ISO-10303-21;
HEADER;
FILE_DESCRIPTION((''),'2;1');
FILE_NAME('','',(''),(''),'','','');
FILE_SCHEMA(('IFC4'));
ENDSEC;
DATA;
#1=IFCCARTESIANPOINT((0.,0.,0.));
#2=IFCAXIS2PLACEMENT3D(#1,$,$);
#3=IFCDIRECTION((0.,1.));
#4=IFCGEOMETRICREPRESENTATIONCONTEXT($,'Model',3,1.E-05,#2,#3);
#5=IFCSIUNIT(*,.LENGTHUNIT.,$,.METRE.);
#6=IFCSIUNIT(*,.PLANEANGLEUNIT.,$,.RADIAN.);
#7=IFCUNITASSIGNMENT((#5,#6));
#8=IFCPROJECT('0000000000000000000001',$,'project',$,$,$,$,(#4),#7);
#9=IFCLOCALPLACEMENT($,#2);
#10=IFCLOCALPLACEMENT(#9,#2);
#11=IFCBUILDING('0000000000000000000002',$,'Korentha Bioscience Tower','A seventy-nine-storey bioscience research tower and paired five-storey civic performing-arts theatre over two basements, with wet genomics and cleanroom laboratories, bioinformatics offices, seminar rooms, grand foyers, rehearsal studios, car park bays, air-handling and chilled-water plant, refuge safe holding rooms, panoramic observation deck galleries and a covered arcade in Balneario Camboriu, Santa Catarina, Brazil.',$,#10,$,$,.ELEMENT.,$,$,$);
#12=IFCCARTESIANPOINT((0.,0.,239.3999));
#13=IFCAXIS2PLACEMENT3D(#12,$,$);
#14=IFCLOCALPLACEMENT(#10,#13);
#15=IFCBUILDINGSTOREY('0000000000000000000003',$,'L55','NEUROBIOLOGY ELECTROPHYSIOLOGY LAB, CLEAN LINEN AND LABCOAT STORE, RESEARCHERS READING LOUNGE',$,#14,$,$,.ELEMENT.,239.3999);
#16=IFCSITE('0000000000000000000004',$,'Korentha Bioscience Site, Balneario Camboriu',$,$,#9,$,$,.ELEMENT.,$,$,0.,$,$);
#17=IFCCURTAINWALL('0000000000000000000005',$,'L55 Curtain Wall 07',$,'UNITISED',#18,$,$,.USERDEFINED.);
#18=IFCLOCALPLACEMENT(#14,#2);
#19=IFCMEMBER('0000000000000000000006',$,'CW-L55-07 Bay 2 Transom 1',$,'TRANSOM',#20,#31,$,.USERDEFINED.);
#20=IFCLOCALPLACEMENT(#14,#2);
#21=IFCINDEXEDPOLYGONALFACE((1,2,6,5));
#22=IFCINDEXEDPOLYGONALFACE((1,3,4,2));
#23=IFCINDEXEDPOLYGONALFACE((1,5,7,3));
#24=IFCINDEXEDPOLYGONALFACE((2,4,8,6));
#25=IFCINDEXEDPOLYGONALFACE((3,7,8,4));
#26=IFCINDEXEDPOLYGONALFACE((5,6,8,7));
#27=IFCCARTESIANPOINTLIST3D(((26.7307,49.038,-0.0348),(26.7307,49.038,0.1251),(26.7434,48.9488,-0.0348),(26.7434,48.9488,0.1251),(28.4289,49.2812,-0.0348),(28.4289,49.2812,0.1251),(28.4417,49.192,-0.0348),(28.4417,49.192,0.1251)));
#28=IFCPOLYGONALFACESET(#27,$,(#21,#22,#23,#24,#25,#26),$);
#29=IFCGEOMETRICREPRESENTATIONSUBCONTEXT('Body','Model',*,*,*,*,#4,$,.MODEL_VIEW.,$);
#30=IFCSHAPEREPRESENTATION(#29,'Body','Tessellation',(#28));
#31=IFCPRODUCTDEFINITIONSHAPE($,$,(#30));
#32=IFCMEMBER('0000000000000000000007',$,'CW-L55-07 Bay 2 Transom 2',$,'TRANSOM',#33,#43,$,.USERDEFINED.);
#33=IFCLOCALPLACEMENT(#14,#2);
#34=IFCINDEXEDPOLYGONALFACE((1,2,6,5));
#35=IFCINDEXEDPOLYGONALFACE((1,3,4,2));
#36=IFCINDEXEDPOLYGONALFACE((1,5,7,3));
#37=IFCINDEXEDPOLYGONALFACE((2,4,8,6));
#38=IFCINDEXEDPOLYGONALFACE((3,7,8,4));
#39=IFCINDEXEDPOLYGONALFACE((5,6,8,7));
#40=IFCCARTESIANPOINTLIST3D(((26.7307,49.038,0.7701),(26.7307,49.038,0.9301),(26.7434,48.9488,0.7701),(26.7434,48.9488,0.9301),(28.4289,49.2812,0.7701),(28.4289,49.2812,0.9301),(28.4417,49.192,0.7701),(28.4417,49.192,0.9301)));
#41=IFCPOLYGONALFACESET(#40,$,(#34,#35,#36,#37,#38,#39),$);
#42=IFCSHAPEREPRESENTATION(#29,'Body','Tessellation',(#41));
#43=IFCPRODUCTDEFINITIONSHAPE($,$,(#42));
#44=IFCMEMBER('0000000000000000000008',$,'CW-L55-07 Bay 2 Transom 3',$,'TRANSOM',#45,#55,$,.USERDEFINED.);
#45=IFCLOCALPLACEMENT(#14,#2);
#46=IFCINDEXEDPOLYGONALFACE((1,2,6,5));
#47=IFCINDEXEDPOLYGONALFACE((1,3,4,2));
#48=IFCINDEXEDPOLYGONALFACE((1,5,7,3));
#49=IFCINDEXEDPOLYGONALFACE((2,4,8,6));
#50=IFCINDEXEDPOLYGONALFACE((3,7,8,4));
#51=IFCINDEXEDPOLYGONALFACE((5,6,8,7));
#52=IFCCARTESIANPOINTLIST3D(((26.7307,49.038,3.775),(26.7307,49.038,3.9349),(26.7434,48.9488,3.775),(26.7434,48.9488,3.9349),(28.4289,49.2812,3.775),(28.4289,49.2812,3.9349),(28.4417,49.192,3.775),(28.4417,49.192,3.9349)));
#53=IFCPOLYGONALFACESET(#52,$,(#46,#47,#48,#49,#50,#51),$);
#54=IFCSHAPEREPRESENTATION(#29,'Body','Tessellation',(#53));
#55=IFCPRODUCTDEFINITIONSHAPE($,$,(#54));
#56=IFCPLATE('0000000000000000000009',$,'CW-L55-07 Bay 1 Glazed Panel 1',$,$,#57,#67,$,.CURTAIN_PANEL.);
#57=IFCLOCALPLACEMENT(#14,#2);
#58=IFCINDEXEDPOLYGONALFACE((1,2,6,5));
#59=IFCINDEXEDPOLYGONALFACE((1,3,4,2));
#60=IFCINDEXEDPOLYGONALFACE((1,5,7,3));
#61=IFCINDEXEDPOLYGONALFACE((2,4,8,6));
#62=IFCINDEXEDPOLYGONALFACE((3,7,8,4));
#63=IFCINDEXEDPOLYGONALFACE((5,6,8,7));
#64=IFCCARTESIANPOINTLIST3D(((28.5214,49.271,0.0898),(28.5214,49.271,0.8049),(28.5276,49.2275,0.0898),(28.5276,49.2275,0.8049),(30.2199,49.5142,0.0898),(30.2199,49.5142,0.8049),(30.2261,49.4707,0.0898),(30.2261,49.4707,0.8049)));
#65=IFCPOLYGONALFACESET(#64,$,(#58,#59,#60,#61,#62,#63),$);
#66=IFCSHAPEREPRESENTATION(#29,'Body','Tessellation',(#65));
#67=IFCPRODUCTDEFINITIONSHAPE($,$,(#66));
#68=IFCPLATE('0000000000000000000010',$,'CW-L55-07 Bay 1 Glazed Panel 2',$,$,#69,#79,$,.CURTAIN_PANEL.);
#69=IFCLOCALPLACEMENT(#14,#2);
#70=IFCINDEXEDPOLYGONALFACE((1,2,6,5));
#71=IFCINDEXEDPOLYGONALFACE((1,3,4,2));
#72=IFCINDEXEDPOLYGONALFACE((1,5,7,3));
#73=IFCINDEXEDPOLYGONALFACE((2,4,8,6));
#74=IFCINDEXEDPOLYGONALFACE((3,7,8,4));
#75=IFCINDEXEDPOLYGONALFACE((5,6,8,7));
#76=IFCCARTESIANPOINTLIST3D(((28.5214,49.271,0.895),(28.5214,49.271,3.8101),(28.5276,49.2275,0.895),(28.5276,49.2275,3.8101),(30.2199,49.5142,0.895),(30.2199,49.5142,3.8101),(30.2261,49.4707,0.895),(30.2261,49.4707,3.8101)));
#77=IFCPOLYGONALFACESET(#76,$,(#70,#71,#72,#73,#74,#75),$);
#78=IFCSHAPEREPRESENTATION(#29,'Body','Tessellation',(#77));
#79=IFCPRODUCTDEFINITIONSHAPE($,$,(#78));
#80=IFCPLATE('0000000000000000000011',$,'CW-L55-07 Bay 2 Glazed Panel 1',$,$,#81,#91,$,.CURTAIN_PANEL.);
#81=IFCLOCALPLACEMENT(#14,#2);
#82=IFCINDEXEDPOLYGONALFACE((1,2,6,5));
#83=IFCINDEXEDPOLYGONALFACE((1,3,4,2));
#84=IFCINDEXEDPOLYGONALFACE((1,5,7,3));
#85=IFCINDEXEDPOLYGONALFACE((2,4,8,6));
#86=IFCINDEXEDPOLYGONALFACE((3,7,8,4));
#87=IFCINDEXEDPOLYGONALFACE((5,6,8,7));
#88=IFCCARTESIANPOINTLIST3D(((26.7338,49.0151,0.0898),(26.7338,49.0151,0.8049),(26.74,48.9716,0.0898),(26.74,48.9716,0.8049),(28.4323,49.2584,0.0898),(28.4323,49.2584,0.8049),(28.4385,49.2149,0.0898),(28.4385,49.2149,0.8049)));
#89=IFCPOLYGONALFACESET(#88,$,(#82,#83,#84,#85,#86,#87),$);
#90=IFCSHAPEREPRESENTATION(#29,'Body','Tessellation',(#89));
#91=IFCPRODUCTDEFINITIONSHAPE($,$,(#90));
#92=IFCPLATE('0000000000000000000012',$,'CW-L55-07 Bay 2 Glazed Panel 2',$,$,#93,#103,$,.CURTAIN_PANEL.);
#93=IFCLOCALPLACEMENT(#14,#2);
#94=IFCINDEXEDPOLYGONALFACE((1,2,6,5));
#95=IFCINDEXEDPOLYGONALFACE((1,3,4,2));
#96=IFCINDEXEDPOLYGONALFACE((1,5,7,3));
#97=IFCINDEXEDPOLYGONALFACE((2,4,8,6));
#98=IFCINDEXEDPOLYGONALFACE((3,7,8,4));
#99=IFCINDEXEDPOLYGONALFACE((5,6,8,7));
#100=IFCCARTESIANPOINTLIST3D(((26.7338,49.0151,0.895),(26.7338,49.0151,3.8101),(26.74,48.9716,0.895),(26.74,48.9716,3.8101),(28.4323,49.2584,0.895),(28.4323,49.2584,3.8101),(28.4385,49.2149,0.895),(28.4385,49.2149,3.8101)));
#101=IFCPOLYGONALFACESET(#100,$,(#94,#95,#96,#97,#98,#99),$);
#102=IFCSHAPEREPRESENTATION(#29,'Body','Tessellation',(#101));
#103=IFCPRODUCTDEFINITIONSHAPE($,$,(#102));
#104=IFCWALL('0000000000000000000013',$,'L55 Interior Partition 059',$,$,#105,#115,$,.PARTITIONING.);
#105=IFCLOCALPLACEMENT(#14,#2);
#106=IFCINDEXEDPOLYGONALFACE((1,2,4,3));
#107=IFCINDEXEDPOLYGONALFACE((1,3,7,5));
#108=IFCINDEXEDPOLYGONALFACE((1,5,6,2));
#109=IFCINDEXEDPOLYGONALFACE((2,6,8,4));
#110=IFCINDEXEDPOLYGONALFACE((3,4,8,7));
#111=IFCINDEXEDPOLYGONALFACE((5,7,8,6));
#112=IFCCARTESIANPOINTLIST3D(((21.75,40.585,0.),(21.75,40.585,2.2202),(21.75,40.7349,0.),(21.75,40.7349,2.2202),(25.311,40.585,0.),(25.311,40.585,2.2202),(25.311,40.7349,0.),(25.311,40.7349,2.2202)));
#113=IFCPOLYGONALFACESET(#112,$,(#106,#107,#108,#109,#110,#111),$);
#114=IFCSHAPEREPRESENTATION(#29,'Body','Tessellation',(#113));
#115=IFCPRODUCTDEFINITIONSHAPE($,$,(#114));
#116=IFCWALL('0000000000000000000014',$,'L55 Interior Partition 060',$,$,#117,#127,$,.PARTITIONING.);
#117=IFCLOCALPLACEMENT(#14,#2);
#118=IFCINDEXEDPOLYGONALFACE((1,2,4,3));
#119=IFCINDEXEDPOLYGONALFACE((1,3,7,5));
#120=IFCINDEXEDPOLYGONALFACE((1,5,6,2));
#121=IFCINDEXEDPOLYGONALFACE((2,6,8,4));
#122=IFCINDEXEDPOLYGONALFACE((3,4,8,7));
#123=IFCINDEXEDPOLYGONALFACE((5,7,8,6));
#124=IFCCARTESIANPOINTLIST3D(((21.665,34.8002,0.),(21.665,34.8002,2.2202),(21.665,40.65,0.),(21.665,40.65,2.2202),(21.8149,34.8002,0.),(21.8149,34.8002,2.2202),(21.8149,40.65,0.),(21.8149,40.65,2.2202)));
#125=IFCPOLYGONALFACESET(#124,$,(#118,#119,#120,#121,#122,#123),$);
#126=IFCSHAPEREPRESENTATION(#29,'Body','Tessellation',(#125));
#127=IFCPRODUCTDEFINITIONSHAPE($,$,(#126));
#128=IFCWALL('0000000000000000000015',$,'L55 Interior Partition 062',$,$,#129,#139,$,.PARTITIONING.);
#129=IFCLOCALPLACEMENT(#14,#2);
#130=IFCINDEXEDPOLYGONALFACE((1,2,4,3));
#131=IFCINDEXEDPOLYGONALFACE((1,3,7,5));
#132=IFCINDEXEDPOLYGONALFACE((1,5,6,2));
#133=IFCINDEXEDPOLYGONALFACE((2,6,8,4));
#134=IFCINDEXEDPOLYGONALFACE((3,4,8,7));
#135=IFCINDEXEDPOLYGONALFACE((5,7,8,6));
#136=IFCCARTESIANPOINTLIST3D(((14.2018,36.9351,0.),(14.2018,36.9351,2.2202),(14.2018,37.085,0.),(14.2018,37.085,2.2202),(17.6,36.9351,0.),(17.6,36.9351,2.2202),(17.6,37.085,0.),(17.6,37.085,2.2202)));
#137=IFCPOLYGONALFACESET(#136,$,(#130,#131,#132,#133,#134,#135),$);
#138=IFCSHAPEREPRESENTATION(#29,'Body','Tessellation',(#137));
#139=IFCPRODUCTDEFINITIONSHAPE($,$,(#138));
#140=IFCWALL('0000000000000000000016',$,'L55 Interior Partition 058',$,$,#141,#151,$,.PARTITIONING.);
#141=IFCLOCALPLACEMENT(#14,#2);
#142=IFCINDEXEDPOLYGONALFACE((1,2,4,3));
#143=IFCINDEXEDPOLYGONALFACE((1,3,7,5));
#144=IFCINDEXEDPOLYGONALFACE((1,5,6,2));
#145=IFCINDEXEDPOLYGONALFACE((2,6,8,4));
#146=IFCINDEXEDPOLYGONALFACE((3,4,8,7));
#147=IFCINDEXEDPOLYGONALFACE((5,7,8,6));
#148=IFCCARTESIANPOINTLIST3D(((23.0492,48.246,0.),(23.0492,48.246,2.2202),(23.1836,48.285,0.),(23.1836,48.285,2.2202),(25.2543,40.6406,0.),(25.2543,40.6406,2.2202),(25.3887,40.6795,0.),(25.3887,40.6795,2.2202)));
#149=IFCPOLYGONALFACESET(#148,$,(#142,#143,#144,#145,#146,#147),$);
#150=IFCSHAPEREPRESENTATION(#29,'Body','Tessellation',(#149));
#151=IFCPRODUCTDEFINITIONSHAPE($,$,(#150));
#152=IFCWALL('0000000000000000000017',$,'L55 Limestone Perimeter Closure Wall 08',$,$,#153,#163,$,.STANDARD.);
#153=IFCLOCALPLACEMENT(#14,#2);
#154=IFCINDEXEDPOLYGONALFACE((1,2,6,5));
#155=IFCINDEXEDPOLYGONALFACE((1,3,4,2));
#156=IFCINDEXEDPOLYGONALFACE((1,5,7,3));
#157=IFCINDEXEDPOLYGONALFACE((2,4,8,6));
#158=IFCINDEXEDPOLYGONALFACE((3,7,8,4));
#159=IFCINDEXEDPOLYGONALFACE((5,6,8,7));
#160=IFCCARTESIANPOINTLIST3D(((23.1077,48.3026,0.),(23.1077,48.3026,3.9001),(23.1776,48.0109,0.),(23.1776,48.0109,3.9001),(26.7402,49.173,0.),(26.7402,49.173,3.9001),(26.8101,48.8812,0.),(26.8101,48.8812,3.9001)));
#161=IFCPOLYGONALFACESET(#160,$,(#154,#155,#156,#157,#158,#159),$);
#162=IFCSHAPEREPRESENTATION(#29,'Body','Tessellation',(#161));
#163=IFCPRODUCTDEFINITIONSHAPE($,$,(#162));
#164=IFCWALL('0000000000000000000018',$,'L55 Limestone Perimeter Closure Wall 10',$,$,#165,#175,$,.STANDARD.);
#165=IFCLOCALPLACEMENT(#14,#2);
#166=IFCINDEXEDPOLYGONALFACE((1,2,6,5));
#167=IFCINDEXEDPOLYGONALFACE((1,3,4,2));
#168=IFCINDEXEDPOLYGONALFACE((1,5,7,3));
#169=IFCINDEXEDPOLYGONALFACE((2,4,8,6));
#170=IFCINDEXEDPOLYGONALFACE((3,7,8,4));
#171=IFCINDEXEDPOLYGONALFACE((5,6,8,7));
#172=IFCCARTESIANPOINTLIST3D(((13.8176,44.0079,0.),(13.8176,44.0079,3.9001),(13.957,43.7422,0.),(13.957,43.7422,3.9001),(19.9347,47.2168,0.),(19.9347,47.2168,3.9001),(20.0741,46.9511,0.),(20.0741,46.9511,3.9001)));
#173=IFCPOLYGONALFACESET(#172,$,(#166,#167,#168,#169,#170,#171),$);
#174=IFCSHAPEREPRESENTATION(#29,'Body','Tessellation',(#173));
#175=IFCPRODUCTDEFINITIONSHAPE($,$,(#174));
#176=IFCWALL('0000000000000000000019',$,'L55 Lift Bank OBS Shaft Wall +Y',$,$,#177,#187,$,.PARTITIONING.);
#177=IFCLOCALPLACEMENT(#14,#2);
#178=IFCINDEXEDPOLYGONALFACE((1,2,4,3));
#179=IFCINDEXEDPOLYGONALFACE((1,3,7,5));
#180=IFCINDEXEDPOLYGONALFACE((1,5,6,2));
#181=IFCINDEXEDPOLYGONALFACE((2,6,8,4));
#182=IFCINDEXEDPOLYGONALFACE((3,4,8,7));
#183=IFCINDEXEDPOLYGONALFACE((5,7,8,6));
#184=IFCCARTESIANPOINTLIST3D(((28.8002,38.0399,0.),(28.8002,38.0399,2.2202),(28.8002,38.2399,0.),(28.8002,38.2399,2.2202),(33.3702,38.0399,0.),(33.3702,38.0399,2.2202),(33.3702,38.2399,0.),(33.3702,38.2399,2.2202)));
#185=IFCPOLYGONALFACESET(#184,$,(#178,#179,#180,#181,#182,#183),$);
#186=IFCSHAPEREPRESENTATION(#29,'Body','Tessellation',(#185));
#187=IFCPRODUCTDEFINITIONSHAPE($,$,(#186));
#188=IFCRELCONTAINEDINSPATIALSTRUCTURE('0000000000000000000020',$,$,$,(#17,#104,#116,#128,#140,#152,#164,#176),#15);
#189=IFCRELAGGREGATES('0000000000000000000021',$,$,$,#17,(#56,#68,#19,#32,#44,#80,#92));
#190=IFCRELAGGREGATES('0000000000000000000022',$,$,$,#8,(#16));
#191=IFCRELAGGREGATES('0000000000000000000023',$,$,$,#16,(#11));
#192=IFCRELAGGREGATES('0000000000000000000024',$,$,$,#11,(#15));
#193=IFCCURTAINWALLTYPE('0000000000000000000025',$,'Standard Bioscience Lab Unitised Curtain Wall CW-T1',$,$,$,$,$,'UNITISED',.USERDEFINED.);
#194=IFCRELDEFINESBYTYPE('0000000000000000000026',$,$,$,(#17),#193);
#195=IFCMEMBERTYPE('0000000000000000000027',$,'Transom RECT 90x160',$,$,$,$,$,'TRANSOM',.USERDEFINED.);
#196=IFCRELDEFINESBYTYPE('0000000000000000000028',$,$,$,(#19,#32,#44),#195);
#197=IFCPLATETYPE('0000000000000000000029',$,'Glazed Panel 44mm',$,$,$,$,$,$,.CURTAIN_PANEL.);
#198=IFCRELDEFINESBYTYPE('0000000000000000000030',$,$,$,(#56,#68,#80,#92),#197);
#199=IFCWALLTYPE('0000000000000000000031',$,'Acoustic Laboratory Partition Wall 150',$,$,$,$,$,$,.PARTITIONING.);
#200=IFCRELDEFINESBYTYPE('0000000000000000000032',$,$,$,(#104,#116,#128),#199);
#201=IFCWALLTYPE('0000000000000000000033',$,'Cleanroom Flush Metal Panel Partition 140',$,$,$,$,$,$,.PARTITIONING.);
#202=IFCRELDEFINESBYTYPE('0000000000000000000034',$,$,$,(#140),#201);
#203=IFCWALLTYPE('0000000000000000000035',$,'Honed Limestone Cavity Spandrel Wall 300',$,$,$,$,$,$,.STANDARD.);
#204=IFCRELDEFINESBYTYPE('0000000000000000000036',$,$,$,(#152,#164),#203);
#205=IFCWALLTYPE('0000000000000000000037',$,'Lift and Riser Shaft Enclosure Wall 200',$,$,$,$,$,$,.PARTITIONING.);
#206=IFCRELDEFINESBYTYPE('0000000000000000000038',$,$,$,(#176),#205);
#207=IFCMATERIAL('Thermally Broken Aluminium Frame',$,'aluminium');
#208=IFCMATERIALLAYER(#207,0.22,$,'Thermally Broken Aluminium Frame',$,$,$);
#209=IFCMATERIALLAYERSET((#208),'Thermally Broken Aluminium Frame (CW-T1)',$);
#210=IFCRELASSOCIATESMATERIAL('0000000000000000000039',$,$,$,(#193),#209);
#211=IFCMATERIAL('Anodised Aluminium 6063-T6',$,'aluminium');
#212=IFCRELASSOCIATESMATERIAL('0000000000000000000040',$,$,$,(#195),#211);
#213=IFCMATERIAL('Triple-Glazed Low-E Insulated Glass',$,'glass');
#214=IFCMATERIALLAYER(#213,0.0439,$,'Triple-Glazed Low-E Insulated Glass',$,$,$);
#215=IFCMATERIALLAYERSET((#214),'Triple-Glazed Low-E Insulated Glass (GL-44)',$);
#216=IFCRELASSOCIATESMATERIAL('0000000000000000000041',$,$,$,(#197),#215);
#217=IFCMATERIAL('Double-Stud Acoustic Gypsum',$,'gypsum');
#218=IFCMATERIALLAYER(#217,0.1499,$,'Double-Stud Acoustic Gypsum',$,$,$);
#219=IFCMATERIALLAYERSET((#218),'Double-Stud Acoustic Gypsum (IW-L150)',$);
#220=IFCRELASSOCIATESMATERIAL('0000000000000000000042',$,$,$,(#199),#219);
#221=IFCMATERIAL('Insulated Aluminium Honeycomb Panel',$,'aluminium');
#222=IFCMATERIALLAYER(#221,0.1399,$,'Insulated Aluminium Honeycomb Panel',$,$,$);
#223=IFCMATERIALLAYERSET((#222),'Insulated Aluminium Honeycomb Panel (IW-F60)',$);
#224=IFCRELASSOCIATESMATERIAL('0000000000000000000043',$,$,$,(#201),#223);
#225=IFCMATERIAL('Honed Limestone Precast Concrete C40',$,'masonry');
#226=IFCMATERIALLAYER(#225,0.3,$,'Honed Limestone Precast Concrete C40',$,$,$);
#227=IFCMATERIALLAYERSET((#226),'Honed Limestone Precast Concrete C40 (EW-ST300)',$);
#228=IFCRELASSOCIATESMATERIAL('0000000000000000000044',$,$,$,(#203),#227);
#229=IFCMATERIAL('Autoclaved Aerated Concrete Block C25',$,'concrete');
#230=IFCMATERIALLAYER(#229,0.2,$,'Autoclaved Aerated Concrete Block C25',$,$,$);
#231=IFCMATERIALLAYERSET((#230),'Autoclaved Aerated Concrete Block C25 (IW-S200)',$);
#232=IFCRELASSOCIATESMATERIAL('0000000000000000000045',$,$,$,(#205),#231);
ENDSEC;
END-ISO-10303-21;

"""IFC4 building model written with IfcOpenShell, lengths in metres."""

from ifc_helpers import new_model, si_unit, direction, frame, frame_2d, origin, origin_2d, place, context, subcontext, project, spatial, rectangle, extrude, material, layer, layer_set, material_profile, profile_set, type_object, element, aggregate, save


model = new_model("IFC4")

# Units and contexts
model_context = context("Model", 3, precision=1e-05, world=origin(), true_north=direction((0.0, 1.0)))
body_context = subcontext(model_context, "Body", "Model", "MODEL_VIEW")
ifc_project = project(units=[si_unit("LENGTHUNIT", "METRE"), si_unit("PLANEANGLEUNIT", "RADIAN")], contexts=[model_context])

# Site, building, storey
site_placement = place(None, origin())
site = spatial("IfcSite", under=ifc_project, at=site_placement, Name="Korentha Bioscience Site, Balneario Camboriu", CompositionType="ELEMENT", RefElevation=0.0)
building_placement = place(site_placement, origin())
building = spatial("IfcBuilding", under=site, at=building_placement, Name="Korentha Bioscience Tower", Description="A seventy-nine-storey bioscience research tower and paired five-storey civic performing-arts theatre over two basements, with wet genomics and cleanroom laboratories, bioinformatics offices, seminar rooms, grand foyers, rehearsal studios, car park bays, air-handling and chilled-water plant, refuge safe holding rooms, panoramic observation deck galleries and a covered arcade in Balneario Camboriu, Santa Catarina, Brazil.", CompositionType="ELEMENT")
storey_placement = place(building_placement, frame((0.0, 0.0, 239.3999)))
storey = spatial("IfcBuildingStorey", under=building, at=storey_placement, Name="L55", Description="NEUROBIOLOGY ELECTROPHYSIOLOGY LAB, CLEAN LINEN AND LABCOAT STORE, RESEARCHERS READING LOUNGE", CompositionType="ELEMENT", Elevation=239.3999)

# Curtain wall, members, plates
ifc_material_1 = material(Name="Thermally Broken Aluminium Frame", Category="aluminium")
ifc_layer_1 = layer(ifc_material_1, 0.22, Name="Thermally Broken Aluminium Frame")
ifc_layer_set_1 = layer_set([ifc_layer_1], Name="Thermally Broken Aluminium Frame (CW-T1)")
curtain_wall_type = type_object("IfcCurtainWallType", Name="Standard Bioscience Lab Unitised Curtain Wall CW-T1", ElementType="UNITISED", PredefinedType="USERDEFINED", material=ifc_layer_set_1)
curtain_wall_placement = place(storey_placement, origin())
curtain_wall = element("IfcCurtainWall", 1, at=curtain_wall_placement, inside=storey, type_object=curtain_wall_type, Name="L55 Curtain Wall 07", ObjectType="UNITISED", PredefinedType="USERDEFINED")
ifc_material_2 = material(Name="Anodised Aluminium 6063-T6", Category="aluminium")
ifc_material_profile_1 = material_profile(ifc_material_2, rectangle(XDim=0.0901, YDim=0.1599, at=origin_2d()), Name="Anodised Aluminium 6063-T6")
ifc_profile_set_1 = profile_set([ifc_material_profile_1], Name="Anodised Aluminium 6063-T6 (CW-TRN)")
member_type_1 = type_object("IfcMemberType", Name="Transom RECT 90x160", ElementType="TRANSOM", PredefinedType="USERDEFINED", material=ifc_profile_set_1)
member_1_placement = place(storey_placement, frame((28.4353, 49.2366, 0.0452), z_axis=(-0.989904, -0.14174, 0.0), x_axis=(0.14174, -0.989904, 0.0)))
member_1 = element("IfcMember", 2, at=member_1_placement, type_object=member_type_1, Name="CW-L55-07 Bay 2 Transom 1", ObjectType="TRANSOM", PredefinedType="USERDEFINED", context=body_context, shape_type="SweptSolid", body=[
    extrude(rectangle(XDim=0.0901, YDim=0.1599, at=origin_2d()), origin(), (0.0, 0.0, 1.0), 1.7156),
])
member_2_placement = place(storey_placement, frame((28.4353, 49.2366, 0.8501), z_axis=(-0.989904, -0.14174, 0.0), x_axis=(0.14174, -0.989904, 0.0)))
member_2 = element("IfcMember", 3, at=member_2_placement, type_object=member_type_1, Name="CW-L55-07 Bay 2 Transom 2", ObjectType="TRANSOM", PredefinedType="USERDEFINED", context=body_context, shape_type="SweptSolid", body=[
    extrude(rectangle(XDim=0.0901, YDim=0.1599, at=origin_2d()), origin(), (0.0, 0.0, 1.0), 1.7156),
])
member_3_placement = place(storey_placement, frame((28.4353, 49.2366, 3.855), z_axis=(-0.989904, -0.14174, 0.0), x_axis=(0.14174, -0.989904, 0.0)))
member_3 = element("IfcMember", 4, at=member_3_placement, type_object=member_type_1, Name="CW-L55-07 Bay 2 Transom 3", ObjectType="TRANSOM", PredefinedType="USERDEFINED", context=body_context, shape_type="SweptSolid", body=[
    extrude(rectangle(XDim=0.0901, YDim=0.1599, at=origin_2d()), origin(), (0.0, 0.0, 1.0), 1.7156),
])
ifc_material_3 = material(Name="Triple-Glazed Low-E Insulated Glass", Category="glass")
ifc_layer_2 = layer(ifc_material_3, 0.0439, Name="Triple-Glazed Low-E Insulated Glass")
ifc_layer_set_2 = layer_set([ifc_layer_2], Name="Triple-Glazed Low-E Insulated Glass (GL-44)")
plate_type = type_object("IfcPlateType", Name="Glazed Panel 44mm", PredefinedType="CURTAIN_PANEL", material=ifc_layer_set_2)
plate_1_placement = place(storey_placement, frame((29.3738, 49.3708, 0.0898), z_axis=(0.0, 0.0, 1.0), x_axis=(-0.989902, -0.141754, 0.0)))
plate_1 = element("IfcPlate", 5, at=plate_1_placement, type_object=plate_type, Name="CW-L55-07 Bay 1 Glazed Panel 1", PredefinedType="CURTAIN_PANEL", context=body_context, shape_type="SweptSolid", body=[
    extrude(rectangle(XDim=1.7158, YDim=0.0439, at=origin_2d()), origin(), (0.0, 0.0, 1.0), 0.7151),
])
plate_2_placement = place(storey_placement, frame((29.3738, 49.3708, 0.895), z_axis=(0.0, 0.0, 1.0), x_axis=(-0.989902, -0.141754, 0.0)))
plate_2 = element("IfcPlate", 6, at=plate_2_placement, type_object=plate_type, Name="CW-L55-07 Bay 1 Glazed Panel 2", PredefinedType="CURTAIN_PANEL", context=body_context, shape_type="SweptSolid", body=[
    extrude(rectangle(XDim=1.7158, YDim=0.0439, at=origin_2d()), origin(), (0.0, 0.0, 1.0), 2.915),
])
plate_3_placement = place(storey_placement, frame((27.5862, 49.115, 0.0898), z_axis=(0.0, 0.0, 1.0), x_axis=(-0.989902, -0.141754, 0.0)))
plate_3 = element("IfcPlate", 7, at=plate_3_placement, type_object=plate_type, Name="CW-L55-07 Bay 2 Glazed Panel 1", PredefinedType="CURTAIN_PANEL", context=body_context, shape_type="SweptSolid", body=[
    extrude(rectangle(XDim=1.7158, YDim=0.0439, at=origin_2d()), origin(), (0.0, 0.0, 1.0), 0.7151),
])
plate_4_placement = place(storey_placement, frame((27.5862, 49.115, 0.895), z_axis=(0.0, 0.0, 1.0), x_axis=(-0.989902, -0.141754, 0.0)))
plate_4 = element("IfcPlate", 8, at=plate_4_placement, type_object=plate_type, Name="CW-L55-07 Bay 2 Glazed Panel 2", PredefinedType="CURTAIN_PANEL", context=body_context, shape_type="SweptSolid", body=[
    extrude(rectangle(XDim=1.7158, YDim=0.0439, at=origin_2d()), origin(), (0.0, 0.0, 1.0), 2.915),
])
aggregate(curtain_wall, [plate_1, plate_2, member_1, member_2, member_3, plate_3, plate_4])

# Walls
ifc_material_4 = material(Name="Double-Stud Acoustic Gypsum", Category="gypsum")
ifc_layer_3 = layer(ifc_material_4, 0.1499, Name="Double-Stud Acoustic Gypsum")
ifc_layer_set_3 = layer_set([ifc_layer_3], Name="Double-Stud Acoustic Gypsum (IW-L150)")
wall_type_1 = type_object("IfcWallType", Name="Acoustic Laboratory Partition Wall 150", PredefinedType="PARTITIONING", material=ifc_layer_set_3)
wall_1_placement = place(storey_placement, frame((25.311, 40.6599, 0.0), z_axis=(0.0, 0.0, 1.0), x_axis=(-1.0, 0.0, 0.0)))
element("IfcWall", 9, at=wall_1_placement, inside=storey, type_object=wall_type_1, Name="L55 Interior Partition 059", PredefinedType="PARTITIONING", context=body_context, shape_type="SweptSolid", body=[
    extrude(rectangle(XDim=3.561, YDim=0.1499, at=frame_2d((1.7805, 0.0))), origin(), (0.0, 0.0, 1.0), 2.2202),
])
wall_2_placement = place(storey_placement, frame((21.74, 40.6499, 0.0), z_axis=(0.0, 0.0, 1.0), x_axis=(0.0, -1.0, 0.0)))
element("IfcWall", 10, at=wall_2_placement, inside=storey, type_object=wall_type_1, Name="L55 Interior Partition 060", PredefinedType="PARTITIONING", context=body_context, shape_type="SweptSolid", body=[
    extrude(rectangle(XDim=5.8499, YDim=0.1499, at=frame_2d((2.9248, 0.0))), origin(), (0.0, 0.0, 1.0), 2.2202),
])
wall_3_placement = place(storey_placement, frame((17.6001, 37.01, 0.0), z_axis=(0.0, 0.0, 1.0), x_axis=(-1.0, 0.0, 0.0)))
element("IfcWall", 11, at=wall_3_placement, inside=storey, type_object=wall_type_1, Name="L55 Interior Partition 062", PredefinedType="PARTITIONING", context=body_context, shape_type="SweptSolid", body=[
    extrude(rectangle(XDim=3.3982, YDim=0.1499, at=frame_2d((1.6992, 0.0))), origin(), (0.0, 0.0, 1.0), 2.2202),
])
ifc_material_5 = material(Name="Insulated Aluminium Honeycomb Panel", Category="aluminium")
ifc_layer_4 = layer(ifc_material_5, 0.1399, Name="Insulated Aluminium Honeycomb Panel")
ifc_layer_set_4 = layer_set([ifc_layer_4], Name="Insulated Aluminium Honeycomb Panel (IW-F60)")
wall_type_2 = type_object("IfcWallType", Name="Cleanroom Flush Metal Panel Partition 140", PredefinedType="PARTITIONING", material=ifc_layer_set_4)
wall_4_placement = place(storey_placement, frame((25.3215, 40.6599, 0.0), z_axis=(0.0, 0.0, 1.0), x_axis=(-0.278465, 0.960446, 0.0)))
element("IfcWall", 12, at=wall_4_placement, inside=storey, type_object=wall_type_2, Name="L55 Interior Partition 058", PredefinedType="PARTITIONING", context=body_context, shape_type="SweptSolid", body=[
    extrude(rectangle(XDim=7.9187, YDim=0.1399, at=frame_2d((3.9595, 0.0))), origin(), (0.0, 0.0, 1.0), 2.2202),
])

# Shared definitions
ifc_material_6 = material(Name="Honed Limestone Precast Concrete C40", Category="masonry")
ifc_layer_5 = layer(ifc_material_6, 0.3, Name="Honed Limestone Precast Concrete C40")
ifc_layer_set_5 = layer_set([ifc_layer_5], Name="Honed Limestone Precast Concrete C40 (EW-ST300)")
wall_type_3 = type_object("IfcWallType", Name="Honed Limestone Cavity Spandrel Wall 300", PredefinedType="STANDARD", material=ifc_layer_set_5)

# Walls
wall_5_placement = place(storey_placement, frame((26.7751, 49.0271, 0.0), z_axis=(0.0, 0.0, 1.0), x_axis=(-0.972476, -0.233005, 0.0)))
element("IfcWall", 13, at=wall_5_placement, inside=storey, type_object=wall_type_3, Name="L55 Limestone Perimeter Closure Wall 08", PredefinedType="STANDARD", context=body_context, shape_type="SweptSolid", body=[
    extrude(rectangle(XDim=3.7354, YDim=0.3, at=frame_2d((1.8677, 0.0))), origin(), (0.0, 0.0, 1.0), 3.9001),
])
wall_6_placement = place(storey_placement, frame((20.0044, 47.084, 0.0), z_axis=(0.0, 0.0, 1.0), x_axis=(-0.885549, -0.464546, 0.0)))
element("IfcWall", 14, at=wall_6_placement, inside=storey, type_object=wall_type_3, Name="L55 Limestone Perimeter Closure Wall 10", PredefinedType="STANDARD", context=body_context, shape_type="SweptSolid", body=[
    extrude(rectangle(XDim=6.9077, YDim=0.3, at=frame_2d((3.4539, 0.0))), origin(), (0.0, 0.0, 1.0), 3.9001),
])
ifc_material_7 = material(Name="Autoclaved Aerated Concrete Block C25", Category="concrete")
ifc_layer_6 = layer(ifc_material_7, 0.2, Name="Autoclaved Aerated Concrete Block C25")
ifc_layer_set_6 = layer_set([ifc_layer_6], Name="Autoclaved Aerated Concrete Block C25 (IW-S200)")
wall_type_4 = type_object("IfcWallType", Name="Lift and Riser Shaft Enclosure Wall 200", PredefinedType="PARTITIONING", material=ifc_layer_set_6)
wall_7_placement = place(storey_placement, frame((28.8, 38.1399, 0.0), z_axis=(0.0, 0.0, 1.0), x_axis=(1.0, 0.0, 0.0)))
element("IfcWall", 15, at=wall_7_placement, inside=storey, type_object=wall_type_4, Name="L55 Lift Bank OBS Shaft Wall +Y", PredefinedType="PARTITIONING", context=body_context, shape_type="SweptSolid", body=[
    extrude(rectangle(XDim=4.5701, YDim=0.2, at=frame_2d((2.2852, 0.0))), origin(), (0.0, 0.0, 1.0), 2.2202),
])

save(model, "model.ifc")
